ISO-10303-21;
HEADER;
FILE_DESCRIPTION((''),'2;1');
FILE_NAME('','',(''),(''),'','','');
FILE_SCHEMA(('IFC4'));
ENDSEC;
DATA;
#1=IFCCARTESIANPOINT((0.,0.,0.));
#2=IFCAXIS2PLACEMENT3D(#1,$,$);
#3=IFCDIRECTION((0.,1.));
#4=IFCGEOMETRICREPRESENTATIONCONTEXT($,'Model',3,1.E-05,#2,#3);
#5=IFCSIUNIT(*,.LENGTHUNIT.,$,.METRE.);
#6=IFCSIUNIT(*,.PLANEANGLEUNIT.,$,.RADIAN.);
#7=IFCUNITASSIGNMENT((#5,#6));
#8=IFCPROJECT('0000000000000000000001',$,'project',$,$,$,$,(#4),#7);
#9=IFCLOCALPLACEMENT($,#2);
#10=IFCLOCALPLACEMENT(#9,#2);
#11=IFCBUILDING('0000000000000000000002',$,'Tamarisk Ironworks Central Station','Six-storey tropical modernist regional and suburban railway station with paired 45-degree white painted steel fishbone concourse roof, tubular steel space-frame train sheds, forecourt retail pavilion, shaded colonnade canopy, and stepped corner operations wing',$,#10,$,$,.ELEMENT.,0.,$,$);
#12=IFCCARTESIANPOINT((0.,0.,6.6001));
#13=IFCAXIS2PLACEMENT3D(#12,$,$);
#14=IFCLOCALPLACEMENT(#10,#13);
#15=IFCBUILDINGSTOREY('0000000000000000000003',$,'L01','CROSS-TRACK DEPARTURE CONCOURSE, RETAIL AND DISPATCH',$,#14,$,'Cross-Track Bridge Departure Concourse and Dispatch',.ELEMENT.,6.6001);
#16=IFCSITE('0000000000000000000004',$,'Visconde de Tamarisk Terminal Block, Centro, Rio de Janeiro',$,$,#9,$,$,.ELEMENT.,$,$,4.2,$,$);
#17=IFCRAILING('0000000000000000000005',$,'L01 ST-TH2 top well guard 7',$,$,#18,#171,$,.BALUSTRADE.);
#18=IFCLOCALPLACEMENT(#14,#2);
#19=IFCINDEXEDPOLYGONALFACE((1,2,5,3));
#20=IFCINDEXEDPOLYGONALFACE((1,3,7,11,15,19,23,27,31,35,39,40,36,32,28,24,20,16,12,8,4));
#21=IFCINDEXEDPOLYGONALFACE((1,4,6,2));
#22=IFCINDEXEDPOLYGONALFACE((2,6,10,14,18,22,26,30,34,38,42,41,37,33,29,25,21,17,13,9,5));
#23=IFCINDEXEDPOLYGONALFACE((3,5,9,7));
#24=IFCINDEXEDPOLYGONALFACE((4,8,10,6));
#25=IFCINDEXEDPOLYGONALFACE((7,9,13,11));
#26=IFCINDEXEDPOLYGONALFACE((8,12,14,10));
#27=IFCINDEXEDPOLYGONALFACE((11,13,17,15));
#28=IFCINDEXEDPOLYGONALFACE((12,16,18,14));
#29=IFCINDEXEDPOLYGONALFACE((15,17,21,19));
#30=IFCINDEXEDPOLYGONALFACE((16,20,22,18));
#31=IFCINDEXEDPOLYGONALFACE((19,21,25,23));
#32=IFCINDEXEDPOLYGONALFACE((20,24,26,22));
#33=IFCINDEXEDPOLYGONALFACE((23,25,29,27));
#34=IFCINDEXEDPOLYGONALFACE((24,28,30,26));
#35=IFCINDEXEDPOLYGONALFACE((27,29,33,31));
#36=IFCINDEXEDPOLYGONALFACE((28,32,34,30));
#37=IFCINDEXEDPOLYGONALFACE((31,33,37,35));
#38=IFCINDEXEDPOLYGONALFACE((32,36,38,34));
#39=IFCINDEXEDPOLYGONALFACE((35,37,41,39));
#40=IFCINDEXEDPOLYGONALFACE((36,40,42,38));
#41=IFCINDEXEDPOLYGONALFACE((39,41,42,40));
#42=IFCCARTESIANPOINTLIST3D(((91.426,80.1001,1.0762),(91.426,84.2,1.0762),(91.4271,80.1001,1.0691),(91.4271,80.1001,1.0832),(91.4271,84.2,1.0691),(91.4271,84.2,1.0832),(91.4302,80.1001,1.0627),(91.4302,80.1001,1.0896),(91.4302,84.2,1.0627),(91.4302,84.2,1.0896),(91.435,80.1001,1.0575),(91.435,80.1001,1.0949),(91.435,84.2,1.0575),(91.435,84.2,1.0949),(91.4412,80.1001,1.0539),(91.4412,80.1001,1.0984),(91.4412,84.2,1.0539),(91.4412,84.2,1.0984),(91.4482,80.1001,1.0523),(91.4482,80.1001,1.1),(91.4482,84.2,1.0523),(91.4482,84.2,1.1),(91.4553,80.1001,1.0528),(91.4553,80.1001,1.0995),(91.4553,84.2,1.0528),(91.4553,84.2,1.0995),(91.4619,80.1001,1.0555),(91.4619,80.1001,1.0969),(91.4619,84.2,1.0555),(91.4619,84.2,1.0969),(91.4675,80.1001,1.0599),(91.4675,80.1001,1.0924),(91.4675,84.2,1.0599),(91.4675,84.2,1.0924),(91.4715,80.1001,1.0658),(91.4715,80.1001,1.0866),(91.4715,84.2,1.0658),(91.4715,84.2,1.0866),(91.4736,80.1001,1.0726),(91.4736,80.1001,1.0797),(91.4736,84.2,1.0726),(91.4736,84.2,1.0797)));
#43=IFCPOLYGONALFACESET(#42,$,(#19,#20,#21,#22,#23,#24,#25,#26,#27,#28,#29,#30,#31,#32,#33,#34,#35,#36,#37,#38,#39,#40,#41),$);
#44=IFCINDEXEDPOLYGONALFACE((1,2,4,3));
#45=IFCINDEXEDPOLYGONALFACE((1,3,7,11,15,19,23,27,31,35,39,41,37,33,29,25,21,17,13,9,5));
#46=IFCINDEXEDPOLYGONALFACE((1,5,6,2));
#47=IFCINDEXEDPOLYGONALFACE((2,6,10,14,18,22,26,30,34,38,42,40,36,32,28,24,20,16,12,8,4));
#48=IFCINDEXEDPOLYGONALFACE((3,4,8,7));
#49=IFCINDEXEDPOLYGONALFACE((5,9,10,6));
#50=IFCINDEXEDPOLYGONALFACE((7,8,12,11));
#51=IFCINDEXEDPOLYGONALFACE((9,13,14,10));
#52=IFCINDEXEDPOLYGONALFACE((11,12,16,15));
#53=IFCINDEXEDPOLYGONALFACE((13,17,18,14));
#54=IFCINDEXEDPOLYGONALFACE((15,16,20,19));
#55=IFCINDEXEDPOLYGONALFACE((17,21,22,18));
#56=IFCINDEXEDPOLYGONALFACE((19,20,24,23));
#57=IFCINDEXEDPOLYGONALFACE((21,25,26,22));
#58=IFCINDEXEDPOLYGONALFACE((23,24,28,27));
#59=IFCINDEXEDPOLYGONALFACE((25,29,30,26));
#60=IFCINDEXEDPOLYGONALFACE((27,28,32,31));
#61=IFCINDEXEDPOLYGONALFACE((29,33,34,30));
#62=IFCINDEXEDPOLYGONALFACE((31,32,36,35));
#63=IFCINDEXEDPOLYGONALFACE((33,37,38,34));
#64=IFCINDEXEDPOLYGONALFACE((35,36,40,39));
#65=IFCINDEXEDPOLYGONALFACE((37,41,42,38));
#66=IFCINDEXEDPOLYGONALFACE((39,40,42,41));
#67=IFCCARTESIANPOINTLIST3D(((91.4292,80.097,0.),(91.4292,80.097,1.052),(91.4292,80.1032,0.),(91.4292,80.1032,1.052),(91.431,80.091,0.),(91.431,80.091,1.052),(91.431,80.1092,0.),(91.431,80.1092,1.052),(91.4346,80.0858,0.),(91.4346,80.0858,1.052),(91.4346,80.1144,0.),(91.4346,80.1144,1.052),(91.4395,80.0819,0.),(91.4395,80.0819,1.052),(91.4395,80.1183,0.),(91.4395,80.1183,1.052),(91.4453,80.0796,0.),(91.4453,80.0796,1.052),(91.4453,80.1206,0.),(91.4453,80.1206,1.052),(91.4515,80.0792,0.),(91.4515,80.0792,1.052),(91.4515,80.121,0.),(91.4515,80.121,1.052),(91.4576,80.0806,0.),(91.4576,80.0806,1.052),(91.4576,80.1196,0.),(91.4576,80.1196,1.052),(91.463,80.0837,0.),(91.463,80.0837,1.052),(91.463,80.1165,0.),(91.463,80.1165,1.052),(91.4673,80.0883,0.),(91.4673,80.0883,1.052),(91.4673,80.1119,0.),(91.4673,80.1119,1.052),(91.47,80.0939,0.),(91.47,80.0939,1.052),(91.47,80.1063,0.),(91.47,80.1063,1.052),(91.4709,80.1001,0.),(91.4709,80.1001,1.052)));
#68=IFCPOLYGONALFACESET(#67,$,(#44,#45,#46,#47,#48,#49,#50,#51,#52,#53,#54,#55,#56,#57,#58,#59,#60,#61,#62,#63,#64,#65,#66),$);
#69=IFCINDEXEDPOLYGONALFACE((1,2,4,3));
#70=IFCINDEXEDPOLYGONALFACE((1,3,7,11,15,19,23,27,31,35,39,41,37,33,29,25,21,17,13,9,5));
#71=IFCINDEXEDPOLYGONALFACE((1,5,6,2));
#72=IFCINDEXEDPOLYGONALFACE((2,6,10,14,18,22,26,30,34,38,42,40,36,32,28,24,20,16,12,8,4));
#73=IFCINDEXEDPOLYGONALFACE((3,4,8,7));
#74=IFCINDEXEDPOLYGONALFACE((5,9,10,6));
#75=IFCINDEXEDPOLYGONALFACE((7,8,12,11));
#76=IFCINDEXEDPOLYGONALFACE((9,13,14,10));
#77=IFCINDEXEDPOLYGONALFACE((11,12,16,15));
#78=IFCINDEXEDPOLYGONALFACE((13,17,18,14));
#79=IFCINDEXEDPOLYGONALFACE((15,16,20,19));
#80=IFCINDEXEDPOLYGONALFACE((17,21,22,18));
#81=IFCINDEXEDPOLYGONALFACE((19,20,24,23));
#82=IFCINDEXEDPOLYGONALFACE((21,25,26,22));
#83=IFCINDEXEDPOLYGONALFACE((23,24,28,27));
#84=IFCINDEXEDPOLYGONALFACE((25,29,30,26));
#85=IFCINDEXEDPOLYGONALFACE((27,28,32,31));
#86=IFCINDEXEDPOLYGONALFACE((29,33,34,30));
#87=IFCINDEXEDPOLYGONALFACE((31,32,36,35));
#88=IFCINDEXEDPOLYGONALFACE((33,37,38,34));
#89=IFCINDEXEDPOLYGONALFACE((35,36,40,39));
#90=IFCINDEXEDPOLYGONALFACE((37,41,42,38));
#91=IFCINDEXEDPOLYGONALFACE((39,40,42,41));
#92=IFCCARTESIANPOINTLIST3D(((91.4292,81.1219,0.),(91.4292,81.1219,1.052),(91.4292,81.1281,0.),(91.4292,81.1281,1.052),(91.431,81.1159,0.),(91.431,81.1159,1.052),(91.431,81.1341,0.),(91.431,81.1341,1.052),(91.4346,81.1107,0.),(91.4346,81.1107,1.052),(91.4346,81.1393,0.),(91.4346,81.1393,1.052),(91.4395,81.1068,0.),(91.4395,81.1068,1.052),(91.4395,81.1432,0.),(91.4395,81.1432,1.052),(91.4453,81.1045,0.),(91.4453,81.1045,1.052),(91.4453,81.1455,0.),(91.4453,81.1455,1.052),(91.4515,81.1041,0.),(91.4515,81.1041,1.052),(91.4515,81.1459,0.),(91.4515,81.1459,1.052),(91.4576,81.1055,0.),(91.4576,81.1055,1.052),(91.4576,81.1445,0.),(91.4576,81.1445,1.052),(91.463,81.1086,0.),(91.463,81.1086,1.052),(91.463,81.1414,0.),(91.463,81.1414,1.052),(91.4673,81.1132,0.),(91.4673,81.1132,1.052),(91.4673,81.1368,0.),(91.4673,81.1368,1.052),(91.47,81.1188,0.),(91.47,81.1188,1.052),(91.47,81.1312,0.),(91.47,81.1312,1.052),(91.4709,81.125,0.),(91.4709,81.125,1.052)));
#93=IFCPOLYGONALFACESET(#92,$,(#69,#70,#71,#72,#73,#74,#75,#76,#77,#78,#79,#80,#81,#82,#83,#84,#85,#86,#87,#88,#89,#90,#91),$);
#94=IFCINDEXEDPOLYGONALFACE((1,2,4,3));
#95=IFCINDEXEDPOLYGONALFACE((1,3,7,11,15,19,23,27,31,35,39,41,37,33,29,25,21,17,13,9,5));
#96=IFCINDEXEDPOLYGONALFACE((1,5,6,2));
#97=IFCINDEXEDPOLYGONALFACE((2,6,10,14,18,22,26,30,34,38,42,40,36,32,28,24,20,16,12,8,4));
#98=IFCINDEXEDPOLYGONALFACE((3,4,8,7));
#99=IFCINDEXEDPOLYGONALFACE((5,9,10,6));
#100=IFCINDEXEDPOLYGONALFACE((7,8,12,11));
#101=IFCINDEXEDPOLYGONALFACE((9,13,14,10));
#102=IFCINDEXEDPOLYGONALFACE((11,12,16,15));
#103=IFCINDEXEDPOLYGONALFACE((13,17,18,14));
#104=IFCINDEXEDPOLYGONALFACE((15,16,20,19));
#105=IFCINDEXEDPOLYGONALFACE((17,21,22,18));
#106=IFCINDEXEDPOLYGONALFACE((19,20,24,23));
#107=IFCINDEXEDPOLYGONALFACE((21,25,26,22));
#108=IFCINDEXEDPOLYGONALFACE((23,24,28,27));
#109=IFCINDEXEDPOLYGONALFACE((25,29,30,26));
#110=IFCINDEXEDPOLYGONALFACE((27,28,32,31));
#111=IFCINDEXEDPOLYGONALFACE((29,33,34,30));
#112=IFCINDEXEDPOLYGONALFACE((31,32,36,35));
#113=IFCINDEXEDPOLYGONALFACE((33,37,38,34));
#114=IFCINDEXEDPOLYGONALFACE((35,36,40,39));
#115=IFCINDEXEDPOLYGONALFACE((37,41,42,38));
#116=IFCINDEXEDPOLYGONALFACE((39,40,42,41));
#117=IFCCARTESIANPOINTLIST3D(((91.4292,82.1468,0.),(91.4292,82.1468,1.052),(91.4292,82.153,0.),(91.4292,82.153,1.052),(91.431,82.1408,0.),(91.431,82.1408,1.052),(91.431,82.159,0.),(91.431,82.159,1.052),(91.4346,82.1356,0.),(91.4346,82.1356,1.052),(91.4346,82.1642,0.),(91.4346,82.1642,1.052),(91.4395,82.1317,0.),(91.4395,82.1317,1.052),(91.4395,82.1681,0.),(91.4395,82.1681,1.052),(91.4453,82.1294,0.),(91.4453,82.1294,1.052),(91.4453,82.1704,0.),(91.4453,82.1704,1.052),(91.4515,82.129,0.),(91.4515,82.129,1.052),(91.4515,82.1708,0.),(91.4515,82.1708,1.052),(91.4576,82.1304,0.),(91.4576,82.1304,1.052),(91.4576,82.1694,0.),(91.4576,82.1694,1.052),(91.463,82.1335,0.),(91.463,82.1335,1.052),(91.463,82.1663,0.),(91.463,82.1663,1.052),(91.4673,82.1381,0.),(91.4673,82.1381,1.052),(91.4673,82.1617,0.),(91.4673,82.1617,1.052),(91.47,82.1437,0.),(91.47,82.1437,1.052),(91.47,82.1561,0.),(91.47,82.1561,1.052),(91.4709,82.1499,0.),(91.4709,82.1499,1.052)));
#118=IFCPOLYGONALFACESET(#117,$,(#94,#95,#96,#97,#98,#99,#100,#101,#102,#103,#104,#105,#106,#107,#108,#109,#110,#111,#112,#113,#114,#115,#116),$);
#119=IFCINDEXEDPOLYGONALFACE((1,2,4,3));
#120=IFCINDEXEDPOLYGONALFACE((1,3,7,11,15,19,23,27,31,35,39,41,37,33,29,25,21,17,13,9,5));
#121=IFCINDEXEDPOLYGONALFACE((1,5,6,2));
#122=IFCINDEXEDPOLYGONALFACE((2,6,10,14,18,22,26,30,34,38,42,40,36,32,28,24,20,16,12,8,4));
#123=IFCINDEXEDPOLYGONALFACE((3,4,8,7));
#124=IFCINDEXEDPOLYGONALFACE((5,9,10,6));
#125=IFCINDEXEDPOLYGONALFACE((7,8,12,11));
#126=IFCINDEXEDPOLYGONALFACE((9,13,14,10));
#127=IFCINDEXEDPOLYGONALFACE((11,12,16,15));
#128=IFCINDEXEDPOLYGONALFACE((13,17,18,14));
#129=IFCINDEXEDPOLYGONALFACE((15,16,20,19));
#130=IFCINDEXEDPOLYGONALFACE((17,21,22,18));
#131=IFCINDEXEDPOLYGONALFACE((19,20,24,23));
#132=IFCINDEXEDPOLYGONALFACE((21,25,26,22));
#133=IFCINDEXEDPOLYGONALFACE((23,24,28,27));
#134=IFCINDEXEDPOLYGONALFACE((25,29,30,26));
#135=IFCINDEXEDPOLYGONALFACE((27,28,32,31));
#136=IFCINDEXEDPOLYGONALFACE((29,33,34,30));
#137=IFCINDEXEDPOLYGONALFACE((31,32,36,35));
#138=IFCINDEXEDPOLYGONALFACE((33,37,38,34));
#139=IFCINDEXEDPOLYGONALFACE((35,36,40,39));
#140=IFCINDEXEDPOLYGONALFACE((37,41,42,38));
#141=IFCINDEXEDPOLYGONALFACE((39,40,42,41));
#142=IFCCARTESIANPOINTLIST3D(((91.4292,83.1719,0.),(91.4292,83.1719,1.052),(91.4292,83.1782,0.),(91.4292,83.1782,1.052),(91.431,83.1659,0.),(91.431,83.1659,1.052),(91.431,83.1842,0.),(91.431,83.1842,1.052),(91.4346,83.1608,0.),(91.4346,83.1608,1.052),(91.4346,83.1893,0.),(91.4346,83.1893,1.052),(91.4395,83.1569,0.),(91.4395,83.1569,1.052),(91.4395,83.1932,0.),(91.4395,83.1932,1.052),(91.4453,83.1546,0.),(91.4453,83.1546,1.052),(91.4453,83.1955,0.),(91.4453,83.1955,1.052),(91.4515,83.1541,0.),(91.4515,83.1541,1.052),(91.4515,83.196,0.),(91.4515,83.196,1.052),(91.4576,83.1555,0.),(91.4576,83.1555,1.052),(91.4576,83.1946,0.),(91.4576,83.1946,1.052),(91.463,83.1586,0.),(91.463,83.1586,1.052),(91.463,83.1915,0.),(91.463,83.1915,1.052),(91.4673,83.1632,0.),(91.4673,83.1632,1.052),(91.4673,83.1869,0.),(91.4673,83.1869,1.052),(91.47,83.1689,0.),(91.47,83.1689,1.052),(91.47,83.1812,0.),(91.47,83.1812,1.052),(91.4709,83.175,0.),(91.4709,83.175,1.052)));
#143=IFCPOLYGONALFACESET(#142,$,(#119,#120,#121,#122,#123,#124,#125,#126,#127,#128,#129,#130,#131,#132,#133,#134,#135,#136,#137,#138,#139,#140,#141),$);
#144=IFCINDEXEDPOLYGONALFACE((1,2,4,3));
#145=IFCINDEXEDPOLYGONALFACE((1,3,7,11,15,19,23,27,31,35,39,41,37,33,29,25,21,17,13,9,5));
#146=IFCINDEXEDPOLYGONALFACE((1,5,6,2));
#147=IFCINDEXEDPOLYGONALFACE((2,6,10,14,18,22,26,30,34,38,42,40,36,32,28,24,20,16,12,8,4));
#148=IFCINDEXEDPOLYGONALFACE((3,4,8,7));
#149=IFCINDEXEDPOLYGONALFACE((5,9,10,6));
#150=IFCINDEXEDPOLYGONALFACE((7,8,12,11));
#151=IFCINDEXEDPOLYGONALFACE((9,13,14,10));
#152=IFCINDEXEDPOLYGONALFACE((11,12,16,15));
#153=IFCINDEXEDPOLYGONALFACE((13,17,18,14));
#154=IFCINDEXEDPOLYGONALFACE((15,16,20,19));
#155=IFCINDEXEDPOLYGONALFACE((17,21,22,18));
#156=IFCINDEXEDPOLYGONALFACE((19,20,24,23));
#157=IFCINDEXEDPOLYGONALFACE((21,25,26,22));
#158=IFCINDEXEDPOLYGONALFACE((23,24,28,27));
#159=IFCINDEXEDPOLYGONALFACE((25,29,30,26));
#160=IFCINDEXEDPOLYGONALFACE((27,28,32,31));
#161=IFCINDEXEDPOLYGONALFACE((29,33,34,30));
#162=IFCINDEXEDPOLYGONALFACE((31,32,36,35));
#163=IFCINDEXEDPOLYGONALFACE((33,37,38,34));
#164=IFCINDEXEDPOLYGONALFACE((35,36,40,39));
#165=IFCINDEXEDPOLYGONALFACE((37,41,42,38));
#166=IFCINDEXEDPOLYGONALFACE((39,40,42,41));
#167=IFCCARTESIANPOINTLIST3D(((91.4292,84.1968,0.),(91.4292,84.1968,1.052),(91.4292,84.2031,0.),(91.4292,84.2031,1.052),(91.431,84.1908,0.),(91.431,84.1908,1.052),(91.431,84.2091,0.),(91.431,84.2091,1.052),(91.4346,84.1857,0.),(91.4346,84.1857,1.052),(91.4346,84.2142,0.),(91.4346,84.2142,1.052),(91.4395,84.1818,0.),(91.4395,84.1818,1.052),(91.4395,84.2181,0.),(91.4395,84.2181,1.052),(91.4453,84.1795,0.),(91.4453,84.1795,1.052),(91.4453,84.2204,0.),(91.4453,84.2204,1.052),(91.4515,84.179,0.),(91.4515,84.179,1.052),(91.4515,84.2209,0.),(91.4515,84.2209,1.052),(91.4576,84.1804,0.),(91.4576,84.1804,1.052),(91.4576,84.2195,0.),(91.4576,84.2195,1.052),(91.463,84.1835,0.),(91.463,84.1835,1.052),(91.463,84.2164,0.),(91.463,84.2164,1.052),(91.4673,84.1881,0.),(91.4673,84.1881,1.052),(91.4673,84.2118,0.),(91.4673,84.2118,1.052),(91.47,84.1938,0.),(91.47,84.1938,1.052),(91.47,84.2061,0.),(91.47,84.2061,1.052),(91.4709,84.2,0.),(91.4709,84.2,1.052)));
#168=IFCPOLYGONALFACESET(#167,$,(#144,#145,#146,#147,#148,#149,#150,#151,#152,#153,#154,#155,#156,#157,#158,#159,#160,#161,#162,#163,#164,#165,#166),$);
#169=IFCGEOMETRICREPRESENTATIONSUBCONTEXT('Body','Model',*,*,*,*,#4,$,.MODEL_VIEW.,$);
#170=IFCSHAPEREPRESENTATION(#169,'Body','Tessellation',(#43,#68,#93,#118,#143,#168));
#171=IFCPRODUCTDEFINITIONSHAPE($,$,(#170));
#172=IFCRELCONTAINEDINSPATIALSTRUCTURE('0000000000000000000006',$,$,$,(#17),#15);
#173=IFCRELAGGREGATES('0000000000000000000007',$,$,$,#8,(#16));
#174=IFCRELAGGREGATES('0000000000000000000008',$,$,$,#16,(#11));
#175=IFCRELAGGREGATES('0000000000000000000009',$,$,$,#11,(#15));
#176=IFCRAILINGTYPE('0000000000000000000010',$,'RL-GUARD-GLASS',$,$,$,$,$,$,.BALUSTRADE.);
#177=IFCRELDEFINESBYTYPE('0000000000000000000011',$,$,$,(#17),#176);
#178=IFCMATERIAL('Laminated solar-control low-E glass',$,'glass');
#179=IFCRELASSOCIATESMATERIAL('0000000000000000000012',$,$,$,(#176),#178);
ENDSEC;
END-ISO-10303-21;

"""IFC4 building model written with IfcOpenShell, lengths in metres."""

from ifc_helpers import new_model, si_unit, direction, frame, origin, origin_2d, place, context, subcontext, project, spatial, circle, extrude, material, type_object, element, save


model = new_model("IFC4")

# Units and contexts
model_context = context("Model", 3, precision=1e-05, world=origin(), true_north=direction((0.0, 1.0)))
body_context = subcontext(model_context, "Body", "Model", "MODEL_VIEW")
ifc_project = project(units=[si_unit("LENGTHUNIT", "METRE"), si_unit("PLANEANGLEUNIT", "RADIAN")], contexts=[model_context])

# Site, building, storey
site_placement = place(None, origin())
site = spatial("IfcSite", under=ifc_project, at=site_placement, Name="Visconde de Tamarisk Terminal Block, Centro, Rio de Janeiro", CompositionType="ELEMENT", RefElevation=4.2)
building_placement = place(site_placement, origin())
building = spatial("IfcBuilding", under=site, at=building_placement, Name="Tamarisk Ironworks Central Station", Description="Six-storey tropical modernist regional and suburban railway station with paired 45-degree white painted steel fishbone concourse roof, tubular steel space-frame train sheds, forecourt retail pavilion, shaded colonnade canopy, and stepped corner operations wing", CompositionType="ELEMENT", ElevationOfRefHeight=0.0)
storey_placement = place(building_placement, frame((0.0, 0.0, 6.6001)))
storey = spatial("IfcBuildingStorey", under=building, at=storey_placement, Name="L01", Description="CROSS-TRACK DEPARTURE CONCOURSE, RETAIL AND DISPATCH", LongName="Cross-Track Bridge Departure Concourse and Dispatch", CompositionType="ELEMENT", Elevation=6.6001)

# Shared definitions
ifc_material_1 = material(Name="Laminated solar-control low-E glass", Category="glass")

# Railing
railing_type = type_object("IfcRailingType", Name="RL-GUARD-GLASS", PredefinedType="BALUSTRADE", material=ifc_material_1)
railing_1_placement = place(storey_placement, frame((91.45, 80.1001, 0.0)))
element("IfcRailing", 1, at=railing_1_placement, inside=storey, type_object=railing_type, Name="L01 ST-TH2 top well guard 7", PredefinedType="BALUSTRADE", context=body_context, shape_type="SweptSolid", body=[
    extrude(circle(Radius=0.0239, at=origin_2d()), frame((0.0, 0.0, 1.0762), z_axis=(0.0, 1.0, 0.0), x_axis=(-1.0, 0.0, 0.0)), (0.0, 0.0, 1.0), 4.0999),
    extrude(circle(Radius=0.021, at=origin_2d()), origin(), (0.0, 0.0, 1.0), 1.052),
    extrude(circle(Radius=0.021, at=origin_2d()), frame((0.0, 1.0249, 0.0)), (0.0, 0.0, 1.0), 1.052),
    extrude(circle(Radius=0.021, at=origin_2d()), frame((0.0, 2.0498, 0.0)), (0.0, 0.0, 1.0), 1.052),
    extrude(circle(Radius=0.021, at=origin_2d()), frame((0.0, 3.075, 0.0)), (0.0, 0.0, 1.0), 1.052),
    extrude(circle(Radius=0.021, at=origin_2d()), frame((0.0, 4.0999, 0.0)), (0.0, 0.0, 1.0), 1.052),
])

save(model, "model.ifc")
